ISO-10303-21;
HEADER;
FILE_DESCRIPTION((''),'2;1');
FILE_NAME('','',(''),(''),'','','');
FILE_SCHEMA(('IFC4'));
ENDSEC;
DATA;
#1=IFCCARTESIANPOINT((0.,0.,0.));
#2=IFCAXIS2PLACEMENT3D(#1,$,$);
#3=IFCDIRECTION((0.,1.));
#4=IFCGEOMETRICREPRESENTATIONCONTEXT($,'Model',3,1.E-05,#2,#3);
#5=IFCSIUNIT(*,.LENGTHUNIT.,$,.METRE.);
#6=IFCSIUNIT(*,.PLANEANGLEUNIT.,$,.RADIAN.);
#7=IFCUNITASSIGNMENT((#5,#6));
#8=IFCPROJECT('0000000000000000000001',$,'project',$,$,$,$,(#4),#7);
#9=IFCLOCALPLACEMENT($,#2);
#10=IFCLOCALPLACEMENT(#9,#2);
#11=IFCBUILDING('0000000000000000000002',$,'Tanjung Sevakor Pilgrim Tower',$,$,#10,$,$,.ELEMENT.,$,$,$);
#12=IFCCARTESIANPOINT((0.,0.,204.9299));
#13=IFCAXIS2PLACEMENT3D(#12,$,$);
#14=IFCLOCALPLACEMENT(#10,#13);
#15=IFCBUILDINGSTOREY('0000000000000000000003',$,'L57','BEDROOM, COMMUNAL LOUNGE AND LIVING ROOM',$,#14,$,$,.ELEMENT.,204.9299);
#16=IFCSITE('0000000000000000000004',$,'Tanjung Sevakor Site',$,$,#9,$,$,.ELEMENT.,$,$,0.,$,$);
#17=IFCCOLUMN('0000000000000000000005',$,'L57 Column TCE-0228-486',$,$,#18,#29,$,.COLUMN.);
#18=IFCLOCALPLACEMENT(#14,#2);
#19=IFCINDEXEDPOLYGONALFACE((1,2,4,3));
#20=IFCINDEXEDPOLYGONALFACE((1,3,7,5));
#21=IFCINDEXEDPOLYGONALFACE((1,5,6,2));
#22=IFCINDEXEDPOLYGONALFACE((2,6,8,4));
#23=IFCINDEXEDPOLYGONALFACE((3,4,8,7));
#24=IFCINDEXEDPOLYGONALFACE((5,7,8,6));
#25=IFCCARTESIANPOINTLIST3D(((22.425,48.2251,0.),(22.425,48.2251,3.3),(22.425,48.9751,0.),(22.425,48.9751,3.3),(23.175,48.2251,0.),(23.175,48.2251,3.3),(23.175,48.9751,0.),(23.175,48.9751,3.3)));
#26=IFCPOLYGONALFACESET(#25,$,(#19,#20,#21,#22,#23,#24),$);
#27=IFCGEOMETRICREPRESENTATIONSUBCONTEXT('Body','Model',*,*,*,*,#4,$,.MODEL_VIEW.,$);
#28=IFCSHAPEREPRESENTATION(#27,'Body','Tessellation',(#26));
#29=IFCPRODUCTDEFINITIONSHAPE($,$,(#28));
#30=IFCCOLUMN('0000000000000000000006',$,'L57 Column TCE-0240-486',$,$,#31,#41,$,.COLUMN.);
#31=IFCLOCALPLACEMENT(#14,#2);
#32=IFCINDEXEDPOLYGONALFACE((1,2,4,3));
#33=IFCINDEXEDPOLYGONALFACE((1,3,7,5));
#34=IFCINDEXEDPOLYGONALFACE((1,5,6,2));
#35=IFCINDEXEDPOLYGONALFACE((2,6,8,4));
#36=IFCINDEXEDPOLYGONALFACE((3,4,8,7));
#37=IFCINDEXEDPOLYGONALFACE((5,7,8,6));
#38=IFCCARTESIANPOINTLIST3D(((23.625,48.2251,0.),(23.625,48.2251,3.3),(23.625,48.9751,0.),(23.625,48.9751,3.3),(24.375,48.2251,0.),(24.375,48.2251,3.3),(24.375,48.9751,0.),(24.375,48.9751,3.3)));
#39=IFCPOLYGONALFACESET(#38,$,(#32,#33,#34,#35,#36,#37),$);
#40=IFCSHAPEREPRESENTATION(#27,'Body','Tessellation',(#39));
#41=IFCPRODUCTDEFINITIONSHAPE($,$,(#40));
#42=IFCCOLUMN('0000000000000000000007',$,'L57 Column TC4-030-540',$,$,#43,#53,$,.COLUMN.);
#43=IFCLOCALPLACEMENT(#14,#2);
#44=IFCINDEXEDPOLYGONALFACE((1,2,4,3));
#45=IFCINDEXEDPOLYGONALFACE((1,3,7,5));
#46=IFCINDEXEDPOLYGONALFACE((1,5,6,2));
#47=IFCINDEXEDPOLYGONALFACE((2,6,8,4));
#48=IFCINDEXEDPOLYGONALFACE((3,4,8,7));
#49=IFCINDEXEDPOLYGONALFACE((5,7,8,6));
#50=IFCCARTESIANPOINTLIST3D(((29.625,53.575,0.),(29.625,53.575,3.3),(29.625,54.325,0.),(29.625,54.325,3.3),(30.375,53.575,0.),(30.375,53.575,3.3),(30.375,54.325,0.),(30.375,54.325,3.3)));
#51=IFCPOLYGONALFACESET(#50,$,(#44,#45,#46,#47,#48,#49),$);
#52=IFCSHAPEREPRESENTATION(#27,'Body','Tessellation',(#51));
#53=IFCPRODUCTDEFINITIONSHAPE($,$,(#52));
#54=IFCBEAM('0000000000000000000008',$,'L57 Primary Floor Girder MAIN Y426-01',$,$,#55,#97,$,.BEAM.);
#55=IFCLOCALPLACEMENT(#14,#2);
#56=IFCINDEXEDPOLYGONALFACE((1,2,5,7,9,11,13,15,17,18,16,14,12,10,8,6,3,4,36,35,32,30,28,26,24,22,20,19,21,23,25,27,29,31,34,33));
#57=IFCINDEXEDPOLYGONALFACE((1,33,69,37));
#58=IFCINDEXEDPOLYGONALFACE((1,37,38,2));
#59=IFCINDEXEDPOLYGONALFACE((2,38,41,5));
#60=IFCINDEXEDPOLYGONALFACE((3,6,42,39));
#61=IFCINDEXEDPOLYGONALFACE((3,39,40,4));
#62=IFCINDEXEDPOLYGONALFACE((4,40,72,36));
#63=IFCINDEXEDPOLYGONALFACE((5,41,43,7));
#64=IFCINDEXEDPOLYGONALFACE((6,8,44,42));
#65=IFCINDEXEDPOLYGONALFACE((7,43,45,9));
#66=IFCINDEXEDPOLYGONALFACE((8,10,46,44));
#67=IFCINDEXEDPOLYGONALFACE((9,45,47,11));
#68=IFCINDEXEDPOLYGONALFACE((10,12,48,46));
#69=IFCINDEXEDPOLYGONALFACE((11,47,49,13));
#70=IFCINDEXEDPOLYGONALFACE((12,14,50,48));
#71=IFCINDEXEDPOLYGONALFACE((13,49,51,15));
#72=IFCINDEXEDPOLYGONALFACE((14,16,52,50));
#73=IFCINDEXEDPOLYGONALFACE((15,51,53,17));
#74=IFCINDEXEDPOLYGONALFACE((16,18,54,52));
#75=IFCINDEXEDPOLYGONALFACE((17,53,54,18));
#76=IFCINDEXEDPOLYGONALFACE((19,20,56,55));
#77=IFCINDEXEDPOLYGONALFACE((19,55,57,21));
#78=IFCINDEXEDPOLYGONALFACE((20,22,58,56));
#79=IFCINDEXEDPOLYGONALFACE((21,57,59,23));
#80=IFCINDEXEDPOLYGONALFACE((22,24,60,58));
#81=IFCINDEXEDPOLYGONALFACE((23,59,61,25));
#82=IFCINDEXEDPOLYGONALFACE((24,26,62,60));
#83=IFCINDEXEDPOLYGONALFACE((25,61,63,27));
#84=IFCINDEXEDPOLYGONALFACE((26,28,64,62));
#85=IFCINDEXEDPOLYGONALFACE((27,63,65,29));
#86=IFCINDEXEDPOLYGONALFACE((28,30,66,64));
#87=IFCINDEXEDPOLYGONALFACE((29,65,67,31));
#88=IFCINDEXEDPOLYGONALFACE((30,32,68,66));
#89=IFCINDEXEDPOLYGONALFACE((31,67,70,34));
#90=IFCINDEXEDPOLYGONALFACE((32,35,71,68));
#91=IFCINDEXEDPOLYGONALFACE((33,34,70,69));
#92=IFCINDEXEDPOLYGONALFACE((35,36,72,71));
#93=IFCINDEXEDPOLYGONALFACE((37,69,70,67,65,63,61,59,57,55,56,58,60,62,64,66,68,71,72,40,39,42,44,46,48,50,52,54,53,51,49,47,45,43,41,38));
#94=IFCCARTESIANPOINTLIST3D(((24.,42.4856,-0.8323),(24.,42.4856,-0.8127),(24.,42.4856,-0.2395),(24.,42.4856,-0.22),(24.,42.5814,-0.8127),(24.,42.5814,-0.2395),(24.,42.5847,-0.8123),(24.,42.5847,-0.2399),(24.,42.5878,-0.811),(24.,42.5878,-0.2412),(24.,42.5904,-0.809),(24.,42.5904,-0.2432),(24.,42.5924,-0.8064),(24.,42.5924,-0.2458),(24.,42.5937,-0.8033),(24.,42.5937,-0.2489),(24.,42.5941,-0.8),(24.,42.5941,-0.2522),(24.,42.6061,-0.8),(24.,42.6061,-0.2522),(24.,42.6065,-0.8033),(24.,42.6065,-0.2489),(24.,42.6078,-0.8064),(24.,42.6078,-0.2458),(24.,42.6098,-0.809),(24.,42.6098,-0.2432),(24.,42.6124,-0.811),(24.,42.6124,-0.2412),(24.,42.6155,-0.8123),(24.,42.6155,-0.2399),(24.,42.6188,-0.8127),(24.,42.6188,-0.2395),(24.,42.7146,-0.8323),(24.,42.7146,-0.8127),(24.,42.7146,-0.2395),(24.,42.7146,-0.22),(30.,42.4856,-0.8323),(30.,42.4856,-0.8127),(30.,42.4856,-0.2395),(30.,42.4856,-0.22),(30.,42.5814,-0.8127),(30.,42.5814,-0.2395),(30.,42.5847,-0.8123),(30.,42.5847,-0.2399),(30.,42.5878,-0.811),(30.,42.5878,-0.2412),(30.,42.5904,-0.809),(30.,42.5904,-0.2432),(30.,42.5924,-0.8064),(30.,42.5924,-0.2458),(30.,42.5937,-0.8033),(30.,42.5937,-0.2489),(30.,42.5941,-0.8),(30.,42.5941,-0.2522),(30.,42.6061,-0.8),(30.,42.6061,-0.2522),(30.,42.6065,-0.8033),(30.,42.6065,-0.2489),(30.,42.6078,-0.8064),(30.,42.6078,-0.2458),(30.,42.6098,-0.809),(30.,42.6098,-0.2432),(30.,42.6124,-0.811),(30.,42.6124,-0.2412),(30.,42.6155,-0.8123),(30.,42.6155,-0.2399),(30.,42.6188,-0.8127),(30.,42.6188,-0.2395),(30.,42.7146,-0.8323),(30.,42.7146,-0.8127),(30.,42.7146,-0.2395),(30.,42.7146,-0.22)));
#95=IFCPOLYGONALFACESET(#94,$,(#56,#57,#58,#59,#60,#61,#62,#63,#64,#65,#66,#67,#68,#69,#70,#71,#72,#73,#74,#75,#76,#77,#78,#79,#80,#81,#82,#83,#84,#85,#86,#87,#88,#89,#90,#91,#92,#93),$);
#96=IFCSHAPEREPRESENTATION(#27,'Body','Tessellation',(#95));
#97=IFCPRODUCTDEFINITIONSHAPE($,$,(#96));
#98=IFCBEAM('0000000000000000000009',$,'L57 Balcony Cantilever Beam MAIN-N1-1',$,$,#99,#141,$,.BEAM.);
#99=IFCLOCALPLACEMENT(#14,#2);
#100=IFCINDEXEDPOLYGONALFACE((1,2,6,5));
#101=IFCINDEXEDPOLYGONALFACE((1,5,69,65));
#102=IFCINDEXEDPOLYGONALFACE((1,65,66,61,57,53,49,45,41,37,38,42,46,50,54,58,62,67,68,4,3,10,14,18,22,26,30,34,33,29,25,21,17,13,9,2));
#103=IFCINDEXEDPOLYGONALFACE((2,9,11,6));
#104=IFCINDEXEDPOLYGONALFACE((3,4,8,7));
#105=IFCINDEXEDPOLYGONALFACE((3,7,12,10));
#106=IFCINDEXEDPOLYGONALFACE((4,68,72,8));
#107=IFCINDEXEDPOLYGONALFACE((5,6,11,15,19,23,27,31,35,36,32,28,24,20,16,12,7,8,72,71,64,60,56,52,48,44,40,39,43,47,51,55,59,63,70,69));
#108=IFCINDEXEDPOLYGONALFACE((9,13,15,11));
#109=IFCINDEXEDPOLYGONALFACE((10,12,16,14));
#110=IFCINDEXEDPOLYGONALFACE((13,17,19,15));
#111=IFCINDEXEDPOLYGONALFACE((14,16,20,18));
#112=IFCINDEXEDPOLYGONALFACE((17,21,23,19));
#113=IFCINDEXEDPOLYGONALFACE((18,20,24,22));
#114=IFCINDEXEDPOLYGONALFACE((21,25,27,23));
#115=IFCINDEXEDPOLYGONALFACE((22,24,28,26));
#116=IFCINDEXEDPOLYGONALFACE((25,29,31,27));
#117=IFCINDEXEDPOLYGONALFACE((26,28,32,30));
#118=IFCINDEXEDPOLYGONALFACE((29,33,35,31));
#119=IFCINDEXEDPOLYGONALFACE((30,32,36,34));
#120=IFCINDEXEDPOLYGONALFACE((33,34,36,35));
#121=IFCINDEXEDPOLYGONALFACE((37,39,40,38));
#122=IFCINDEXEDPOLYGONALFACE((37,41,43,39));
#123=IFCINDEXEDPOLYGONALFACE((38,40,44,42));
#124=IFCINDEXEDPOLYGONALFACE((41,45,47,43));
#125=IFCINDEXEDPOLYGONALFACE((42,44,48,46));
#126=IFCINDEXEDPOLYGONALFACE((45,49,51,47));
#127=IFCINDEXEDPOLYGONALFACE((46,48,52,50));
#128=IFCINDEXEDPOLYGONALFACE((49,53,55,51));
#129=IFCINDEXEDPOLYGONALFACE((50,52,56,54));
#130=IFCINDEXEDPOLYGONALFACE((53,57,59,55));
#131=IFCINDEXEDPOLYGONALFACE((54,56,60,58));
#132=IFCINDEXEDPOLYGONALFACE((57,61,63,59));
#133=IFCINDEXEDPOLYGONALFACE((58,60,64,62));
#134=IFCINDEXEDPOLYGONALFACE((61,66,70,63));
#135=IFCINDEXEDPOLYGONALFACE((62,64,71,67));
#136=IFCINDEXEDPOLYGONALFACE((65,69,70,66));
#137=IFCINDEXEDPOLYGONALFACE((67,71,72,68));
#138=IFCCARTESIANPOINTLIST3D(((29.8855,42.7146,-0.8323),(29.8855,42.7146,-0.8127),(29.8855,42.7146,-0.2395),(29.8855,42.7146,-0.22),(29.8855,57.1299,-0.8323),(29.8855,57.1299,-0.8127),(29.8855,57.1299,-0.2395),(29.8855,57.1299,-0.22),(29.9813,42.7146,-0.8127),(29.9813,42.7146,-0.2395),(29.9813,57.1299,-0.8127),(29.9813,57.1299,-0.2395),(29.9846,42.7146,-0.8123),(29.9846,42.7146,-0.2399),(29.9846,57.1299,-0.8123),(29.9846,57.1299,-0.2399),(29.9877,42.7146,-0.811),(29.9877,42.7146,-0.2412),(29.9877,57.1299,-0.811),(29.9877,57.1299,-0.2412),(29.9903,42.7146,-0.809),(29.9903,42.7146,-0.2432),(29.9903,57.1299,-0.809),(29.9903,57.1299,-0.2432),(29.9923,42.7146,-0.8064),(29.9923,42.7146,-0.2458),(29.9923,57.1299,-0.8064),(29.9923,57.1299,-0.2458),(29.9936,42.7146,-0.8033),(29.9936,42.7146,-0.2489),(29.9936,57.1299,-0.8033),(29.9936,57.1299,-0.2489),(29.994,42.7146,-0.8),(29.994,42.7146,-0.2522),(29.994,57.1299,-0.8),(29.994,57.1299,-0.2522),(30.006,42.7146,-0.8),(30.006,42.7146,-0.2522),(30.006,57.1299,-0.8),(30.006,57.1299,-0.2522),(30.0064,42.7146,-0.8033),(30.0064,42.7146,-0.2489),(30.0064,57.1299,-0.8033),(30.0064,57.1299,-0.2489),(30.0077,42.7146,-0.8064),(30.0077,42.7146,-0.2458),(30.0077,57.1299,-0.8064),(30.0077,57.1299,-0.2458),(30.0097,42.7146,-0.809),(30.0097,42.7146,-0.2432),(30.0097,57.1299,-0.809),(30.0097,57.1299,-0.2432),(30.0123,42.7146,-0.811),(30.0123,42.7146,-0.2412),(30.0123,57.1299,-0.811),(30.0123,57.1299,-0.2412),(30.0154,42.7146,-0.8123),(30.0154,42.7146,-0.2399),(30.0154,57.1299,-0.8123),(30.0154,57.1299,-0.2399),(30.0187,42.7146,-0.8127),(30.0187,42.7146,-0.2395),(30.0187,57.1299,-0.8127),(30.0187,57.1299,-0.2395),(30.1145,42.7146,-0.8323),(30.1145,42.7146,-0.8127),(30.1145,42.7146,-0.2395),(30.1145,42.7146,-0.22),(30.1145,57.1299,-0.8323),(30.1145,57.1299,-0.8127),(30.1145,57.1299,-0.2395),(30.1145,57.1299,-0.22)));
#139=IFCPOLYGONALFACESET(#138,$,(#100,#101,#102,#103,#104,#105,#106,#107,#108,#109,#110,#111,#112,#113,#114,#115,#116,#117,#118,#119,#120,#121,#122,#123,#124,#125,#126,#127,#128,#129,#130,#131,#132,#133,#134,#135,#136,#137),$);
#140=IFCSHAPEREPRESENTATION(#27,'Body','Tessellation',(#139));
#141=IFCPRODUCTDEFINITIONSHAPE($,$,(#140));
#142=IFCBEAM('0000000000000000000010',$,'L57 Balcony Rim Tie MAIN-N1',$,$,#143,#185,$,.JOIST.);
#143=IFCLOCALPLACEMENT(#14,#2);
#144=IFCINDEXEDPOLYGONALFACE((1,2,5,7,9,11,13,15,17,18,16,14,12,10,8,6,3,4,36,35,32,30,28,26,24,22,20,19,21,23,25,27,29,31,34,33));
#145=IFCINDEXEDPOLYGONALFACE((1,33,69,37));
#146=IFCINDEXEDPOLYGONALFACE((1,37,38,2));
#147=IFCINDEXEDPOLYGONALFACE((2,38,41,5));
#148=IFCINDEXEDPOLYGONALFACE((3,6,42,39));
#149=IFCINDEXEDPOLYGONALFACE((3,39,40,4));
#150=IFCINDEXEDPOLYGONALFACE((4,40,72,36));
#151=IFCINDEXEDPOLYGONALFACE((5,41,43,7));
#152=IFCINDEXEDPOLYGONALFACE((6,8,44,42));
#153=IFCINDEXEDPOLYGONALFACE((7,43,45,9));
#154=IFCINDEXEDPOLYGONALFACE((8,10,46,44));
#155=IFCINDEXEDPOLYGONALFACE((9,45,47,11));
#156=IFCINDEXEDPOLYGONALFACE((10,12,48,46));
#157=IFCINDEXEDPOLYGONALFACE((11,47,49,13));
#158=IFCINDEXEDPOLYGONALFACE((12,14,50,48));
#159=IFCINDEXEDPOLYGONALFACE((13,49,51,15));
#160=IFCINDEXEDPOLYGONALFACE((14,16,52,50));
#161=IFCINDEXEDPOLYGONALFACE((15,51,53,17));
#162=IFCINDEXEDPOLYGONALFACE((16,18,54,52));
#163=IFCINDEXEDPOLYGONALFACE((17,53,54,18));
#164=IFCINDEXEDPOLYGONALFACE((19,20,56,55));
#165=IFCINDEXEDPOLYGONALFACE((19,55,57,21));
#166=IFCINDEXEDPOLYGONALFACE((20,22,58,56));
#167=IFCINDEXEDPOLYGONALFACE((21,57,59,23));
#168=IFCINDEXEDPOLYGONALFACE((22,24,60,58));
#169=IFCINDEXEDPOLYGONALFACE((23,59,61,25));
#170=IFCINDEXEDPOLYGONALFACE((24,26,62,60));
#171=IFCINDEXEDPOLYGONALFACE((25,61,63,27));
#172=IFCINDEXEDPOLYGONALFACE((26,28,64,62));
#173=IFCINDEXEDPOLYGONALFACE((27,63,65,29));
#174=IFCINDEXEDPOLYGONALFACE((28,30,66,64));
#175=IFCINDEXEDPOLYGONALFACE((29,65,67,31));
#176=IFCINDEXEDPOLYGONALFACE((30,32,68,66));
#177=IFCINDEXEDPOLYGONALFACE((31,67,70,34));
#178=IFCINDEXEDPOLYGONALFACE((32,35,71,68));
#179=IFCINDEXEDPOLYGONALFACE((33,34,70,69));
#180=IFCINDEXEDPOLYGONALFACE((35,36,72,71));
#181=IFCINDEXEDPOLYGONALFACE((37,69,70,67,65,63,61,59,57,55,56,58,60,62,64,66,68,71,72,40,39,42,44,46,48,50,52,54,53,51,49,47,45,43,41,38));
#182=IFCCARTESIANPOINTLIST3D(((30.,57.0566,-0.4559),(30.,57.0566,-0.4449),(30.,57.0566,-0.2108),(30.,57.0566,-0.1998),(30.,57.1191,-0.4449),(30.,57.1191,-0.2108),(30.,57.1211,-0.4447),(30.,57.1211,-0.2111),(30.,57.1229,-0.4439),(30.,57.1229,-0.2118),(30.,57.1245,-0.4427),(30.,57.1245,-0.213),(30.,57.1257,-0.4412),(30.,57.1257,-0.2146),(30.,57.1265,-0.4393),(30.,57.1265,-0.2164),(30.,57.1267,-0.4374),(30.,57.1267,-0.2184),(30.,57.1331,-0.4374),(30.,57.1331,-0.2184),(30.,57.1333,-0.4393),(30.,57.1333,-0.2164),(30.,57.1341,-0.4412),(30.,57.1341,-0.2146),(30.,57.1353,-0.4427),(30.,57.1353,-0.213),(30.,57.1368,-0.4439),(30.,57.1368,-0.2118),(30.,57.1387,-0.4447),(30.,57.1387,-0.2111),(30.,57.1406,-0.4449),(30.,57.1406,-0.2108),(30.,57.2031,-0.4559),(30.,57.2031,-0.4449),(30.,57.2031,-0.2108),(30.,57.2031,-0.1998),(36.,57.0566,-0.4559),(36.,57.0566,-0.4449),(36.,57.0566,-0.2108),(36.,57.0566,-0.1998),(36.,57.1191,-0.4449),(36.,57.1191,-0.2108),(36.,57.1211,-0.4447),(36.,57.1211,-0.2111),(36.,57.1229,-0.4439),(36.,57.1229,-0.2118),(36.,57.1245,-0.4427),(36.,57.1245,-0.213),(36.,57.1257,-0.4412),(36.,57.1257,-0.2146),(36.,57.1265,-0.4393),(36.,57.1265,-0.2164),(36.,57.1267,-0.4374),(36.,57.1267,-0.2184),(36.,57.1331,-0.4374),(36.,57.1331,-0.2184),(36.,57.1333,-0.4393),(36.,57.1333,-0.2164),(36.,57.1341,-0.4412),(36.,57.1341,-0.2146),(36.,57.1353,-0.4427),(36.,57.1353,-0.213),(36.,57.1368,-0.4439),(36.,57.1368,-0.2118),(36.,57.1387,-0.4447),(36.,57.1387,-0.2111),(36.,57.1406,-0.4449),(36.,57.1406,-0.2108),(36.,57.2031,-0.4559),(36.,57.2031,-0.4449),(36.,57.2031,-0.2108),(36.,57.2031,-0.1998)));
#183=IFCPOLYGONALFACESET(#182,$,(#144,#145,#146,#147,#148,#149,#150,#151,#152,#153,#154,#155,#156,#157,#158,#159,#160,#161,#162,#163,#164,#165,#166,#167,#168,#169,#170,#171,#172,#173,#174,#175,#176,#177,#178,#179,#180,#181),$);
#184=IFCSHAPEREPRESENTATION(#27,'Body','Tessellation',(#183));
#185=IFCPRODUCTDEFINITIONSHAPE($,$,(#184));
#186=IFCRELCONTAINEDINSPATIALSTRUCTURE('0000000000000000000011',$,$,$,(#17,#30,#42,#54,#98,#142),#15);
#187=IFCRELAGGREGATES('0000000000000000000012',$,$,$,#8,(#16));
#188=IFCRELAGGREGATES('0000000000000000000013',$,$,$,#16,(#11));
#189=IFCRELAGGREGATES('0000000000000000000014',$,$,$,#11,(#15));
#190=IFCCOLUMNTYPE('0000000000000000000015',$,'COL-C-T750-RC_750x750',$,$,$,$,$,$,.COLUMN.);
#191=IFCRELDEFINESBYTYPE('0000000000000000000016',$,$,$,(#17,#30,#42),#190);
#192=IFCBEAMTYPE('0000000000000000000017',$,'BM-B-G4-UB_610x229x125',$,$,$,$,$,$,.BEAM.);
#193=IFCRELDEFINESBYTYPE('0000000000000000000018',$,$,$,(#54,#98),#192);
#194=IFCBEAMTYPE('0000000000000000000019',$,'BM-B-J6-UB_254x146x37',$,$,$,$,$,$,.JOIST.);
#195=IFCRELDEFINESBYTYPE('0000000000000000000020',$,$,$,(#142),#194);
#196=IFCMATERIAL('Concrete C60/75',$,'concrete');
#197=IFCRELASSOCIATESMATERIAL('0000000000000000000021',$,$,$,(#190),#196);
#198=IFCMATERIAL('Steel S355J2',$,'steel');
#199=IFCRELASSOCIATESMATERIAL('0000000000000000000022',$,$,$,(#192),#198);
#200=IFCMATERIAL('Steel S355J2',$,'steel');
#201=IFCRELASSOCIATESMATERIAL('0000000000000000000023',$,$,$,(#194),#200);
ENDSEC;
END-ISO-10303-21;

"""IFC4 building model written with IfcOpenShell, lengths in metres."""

from ifc_helpers import new_model, si_unit, direction, frame, origin, origin_2d, place, context, subcontext, project, spatial, rectangle, i_section, extrude, material, material_profile, profile_set, type_object, element, save


model = new_model("IFC4")

# Units and contexts
model_context = context("Model", 3, precision=1e-05, world=origin(), true_north=direction((0.0, 1.0)))
body_context = subcontext(model_context, "Body", "Model", "MODEL_VIEW")
ifc_project = project(units=[si_unit("LENGTHUNIT", "METRE"), si_unit("PLANEANGLEUNIT", "RADIAN")], contexts=[model_context])

# Site, building, storey
site_placement = place(None, origin())
site = spatial("IfcSite", under=ifc_project, at=site_placement, Name="Tanjung Sevakor Site", CompositionType="ELEMENT", RefElevation=0.0)
building_placement = place(site_placement, origin())
building = spatial("IfcBuilding", under=site, at=building_placement, Name="Tanjung Sevakor Pilgrim Tower", CompositionType="ELEMENT")
storey_placement = place(building_placement, frame((0.0, 0.0, 204.9299)))
storey = spatial("IfcBuildingStorey", under=building, at=storey_placement, Name="L57", Description="BEDROOM, COMMUNAL LOUNGE AND LIVING ROOM", CompositionType="ELEMENT", Elevation=204.9299)

# Columns
ifc_material_1 = material(Name="Concrete C60/75", Category="concrete")
ifc_material_profile_1 = material_profile(ifc_material_1, rectangle(XDim=0.75, YDim=0.75, at=origin_2d()))
ifc_profile_set_1 = profile_set([ifc_material_profile_1], Name="Concrete C60/75")
column_type = type_object("IfcColumnType", Name="COL-C-T750-RC_750x750", PredefinedType="COLUMN", material=ifc_profile_set_1)
for number, where, z_axis, x_axis, name in (
    (1, (22.8, 48.6001, 0.0), (0.0, 0.0, 1.0), (1.0, 0.0, 0.0), "L57 Column TCE-0228-486"),
    (2, (24.0, 48.6001, 0.0), (0.0, 0.0, 1.0), (1.0, 0.0, 0.0), "L57 Column TCE-0240-486"),
    (3, (30.0, 53.95, 0.0), (0.0, 0.0, 1.0), (1.0, 0.0, 0.0), "L57 Column TC4-030-540"),
):
    element("IfcColumn", number, at=place(storey_placement, frame(where, z_axis=z_axis, x_axis=x_axis)), inside=storey, type_object=column_type, Name=name, PredefinedType="COLUMN", context=body_context, shape_type="SweptSolid", body=[
        extrude(rectangle(XDim=0.75, YDim=0.75, at=origin_2d()), origin(), (0.0, 0.0, 1.0), 3.3),
    ])

# Beams
ifc_material_2 = material(Name="Steel S355J2", Category="steel")
ifc_material_profile_2 = material_profile(ifc_material_2, i_section(OverallWidth=0.229, OverallDepth=0.6123, WebThickness=0.012, FlangeThickness=0.0195, FilletRadius=0.0127, at=origin_2d()))
ifc_profile_set_2 = profile_set([ifc_material_profile_2], Name="Steel S355J2")
beam_type_1 = type_object("IfcBeamType", Name="BM-B-G4-UB_610x229x125", PredefinedType="BEAM", material=ifc_profile_set_2)
beam_1_placement = place(storey_placement, frame((24.0, 42.6001, -0.5261), z_axis=(1.0, 0.0, 0.0), x_axis=(0.0, 1.0, 0.0)))
element("IfcBeam", 4, at=beam_1_placement, inside=storey, type_object=beam_type_1, Name="L57 Primary Floor Girder MAIN Y426-01", PredefinedType="BEAM", context=body_context, shape_type="SweptSolid", body=[
    extrude(i_section(OverallWidth=0.229, OverallDepth=0.6123, WebThickness=0.012, FlangeThickness=0.0195, FilletRadius=0.0127, at=origin_2d()), origin(), (0.0, 0.0, 1.0), 6.0),
])
beam_2_placement = place(storey_placement, frame((30.0, 42.7146, -0.5261), z_axis=(0.0, 1.0, 0.0), x_axis=(-1.0, 0.0, 0.0)))
element("IfcBeam", 5, at=beam_2_placement, inside=storey, type_object=beam_type_1, Name="L57 Balcony Cantilever Beam MAIN-N1-1", PredefinedType="BEAM", context=body_context, shape_type="SweptSolid", body=[
    extrude(i_section(OverallWidth=0.229, OverallDepth=0.6123, WebThickness=0.012, FlangeThickness=0.0195, FilletRadius=0.0127, at=origin_2d()), origin(), (0.0, 0.0, 1.0), 14.4153),
])
ifc_material_3 = material(Name="Steel S355J2", Category="steel")
ifc_material_profile_3 = material_profile(ifc_material_3, i_section(OverallWidth=0.1465, OverallDepth=0.2561, WebThickness=0.0063, FlangeThickness=0.011, FilletRadius=0.0076, at=origin_2d()))
ifc_profile_set_3 = profile_set([ifc_material_profile_3], Name="Steel S355J2")
beam_type_2 = type_object("IfcBeamType", Name="BM-B-J6-UB_254x146x37", PredefinedType="JOIST", material=ifc_profile_set_3)
beam_3_placement = place(storey_placement, frame((30.0, 57.1299, -0.3279), z_axis=(1.0, 0.0, 0.0), x_axis=(0.0, 1.0, 0.0)))
element("IfcBeam", 6, at=beam_3_placement, inside=storey, type_object=beam_type_2, Name="L57 Balcony Rim Tie MAIN-N1", PredefinedType="JOIST", context=body_context, shape_type="SweptSolid", body=[
    extrude(i_section(OverallWidth=0.1465, OverallDepth=0.2561, WebThickness=0.0063, FlangeThickness=0.011, FilletRadius=0.0076, at=origin_2d()), origin(), (0.0, 0.0, 1.0), 6.0),
])

save(model, "model.ifc")
